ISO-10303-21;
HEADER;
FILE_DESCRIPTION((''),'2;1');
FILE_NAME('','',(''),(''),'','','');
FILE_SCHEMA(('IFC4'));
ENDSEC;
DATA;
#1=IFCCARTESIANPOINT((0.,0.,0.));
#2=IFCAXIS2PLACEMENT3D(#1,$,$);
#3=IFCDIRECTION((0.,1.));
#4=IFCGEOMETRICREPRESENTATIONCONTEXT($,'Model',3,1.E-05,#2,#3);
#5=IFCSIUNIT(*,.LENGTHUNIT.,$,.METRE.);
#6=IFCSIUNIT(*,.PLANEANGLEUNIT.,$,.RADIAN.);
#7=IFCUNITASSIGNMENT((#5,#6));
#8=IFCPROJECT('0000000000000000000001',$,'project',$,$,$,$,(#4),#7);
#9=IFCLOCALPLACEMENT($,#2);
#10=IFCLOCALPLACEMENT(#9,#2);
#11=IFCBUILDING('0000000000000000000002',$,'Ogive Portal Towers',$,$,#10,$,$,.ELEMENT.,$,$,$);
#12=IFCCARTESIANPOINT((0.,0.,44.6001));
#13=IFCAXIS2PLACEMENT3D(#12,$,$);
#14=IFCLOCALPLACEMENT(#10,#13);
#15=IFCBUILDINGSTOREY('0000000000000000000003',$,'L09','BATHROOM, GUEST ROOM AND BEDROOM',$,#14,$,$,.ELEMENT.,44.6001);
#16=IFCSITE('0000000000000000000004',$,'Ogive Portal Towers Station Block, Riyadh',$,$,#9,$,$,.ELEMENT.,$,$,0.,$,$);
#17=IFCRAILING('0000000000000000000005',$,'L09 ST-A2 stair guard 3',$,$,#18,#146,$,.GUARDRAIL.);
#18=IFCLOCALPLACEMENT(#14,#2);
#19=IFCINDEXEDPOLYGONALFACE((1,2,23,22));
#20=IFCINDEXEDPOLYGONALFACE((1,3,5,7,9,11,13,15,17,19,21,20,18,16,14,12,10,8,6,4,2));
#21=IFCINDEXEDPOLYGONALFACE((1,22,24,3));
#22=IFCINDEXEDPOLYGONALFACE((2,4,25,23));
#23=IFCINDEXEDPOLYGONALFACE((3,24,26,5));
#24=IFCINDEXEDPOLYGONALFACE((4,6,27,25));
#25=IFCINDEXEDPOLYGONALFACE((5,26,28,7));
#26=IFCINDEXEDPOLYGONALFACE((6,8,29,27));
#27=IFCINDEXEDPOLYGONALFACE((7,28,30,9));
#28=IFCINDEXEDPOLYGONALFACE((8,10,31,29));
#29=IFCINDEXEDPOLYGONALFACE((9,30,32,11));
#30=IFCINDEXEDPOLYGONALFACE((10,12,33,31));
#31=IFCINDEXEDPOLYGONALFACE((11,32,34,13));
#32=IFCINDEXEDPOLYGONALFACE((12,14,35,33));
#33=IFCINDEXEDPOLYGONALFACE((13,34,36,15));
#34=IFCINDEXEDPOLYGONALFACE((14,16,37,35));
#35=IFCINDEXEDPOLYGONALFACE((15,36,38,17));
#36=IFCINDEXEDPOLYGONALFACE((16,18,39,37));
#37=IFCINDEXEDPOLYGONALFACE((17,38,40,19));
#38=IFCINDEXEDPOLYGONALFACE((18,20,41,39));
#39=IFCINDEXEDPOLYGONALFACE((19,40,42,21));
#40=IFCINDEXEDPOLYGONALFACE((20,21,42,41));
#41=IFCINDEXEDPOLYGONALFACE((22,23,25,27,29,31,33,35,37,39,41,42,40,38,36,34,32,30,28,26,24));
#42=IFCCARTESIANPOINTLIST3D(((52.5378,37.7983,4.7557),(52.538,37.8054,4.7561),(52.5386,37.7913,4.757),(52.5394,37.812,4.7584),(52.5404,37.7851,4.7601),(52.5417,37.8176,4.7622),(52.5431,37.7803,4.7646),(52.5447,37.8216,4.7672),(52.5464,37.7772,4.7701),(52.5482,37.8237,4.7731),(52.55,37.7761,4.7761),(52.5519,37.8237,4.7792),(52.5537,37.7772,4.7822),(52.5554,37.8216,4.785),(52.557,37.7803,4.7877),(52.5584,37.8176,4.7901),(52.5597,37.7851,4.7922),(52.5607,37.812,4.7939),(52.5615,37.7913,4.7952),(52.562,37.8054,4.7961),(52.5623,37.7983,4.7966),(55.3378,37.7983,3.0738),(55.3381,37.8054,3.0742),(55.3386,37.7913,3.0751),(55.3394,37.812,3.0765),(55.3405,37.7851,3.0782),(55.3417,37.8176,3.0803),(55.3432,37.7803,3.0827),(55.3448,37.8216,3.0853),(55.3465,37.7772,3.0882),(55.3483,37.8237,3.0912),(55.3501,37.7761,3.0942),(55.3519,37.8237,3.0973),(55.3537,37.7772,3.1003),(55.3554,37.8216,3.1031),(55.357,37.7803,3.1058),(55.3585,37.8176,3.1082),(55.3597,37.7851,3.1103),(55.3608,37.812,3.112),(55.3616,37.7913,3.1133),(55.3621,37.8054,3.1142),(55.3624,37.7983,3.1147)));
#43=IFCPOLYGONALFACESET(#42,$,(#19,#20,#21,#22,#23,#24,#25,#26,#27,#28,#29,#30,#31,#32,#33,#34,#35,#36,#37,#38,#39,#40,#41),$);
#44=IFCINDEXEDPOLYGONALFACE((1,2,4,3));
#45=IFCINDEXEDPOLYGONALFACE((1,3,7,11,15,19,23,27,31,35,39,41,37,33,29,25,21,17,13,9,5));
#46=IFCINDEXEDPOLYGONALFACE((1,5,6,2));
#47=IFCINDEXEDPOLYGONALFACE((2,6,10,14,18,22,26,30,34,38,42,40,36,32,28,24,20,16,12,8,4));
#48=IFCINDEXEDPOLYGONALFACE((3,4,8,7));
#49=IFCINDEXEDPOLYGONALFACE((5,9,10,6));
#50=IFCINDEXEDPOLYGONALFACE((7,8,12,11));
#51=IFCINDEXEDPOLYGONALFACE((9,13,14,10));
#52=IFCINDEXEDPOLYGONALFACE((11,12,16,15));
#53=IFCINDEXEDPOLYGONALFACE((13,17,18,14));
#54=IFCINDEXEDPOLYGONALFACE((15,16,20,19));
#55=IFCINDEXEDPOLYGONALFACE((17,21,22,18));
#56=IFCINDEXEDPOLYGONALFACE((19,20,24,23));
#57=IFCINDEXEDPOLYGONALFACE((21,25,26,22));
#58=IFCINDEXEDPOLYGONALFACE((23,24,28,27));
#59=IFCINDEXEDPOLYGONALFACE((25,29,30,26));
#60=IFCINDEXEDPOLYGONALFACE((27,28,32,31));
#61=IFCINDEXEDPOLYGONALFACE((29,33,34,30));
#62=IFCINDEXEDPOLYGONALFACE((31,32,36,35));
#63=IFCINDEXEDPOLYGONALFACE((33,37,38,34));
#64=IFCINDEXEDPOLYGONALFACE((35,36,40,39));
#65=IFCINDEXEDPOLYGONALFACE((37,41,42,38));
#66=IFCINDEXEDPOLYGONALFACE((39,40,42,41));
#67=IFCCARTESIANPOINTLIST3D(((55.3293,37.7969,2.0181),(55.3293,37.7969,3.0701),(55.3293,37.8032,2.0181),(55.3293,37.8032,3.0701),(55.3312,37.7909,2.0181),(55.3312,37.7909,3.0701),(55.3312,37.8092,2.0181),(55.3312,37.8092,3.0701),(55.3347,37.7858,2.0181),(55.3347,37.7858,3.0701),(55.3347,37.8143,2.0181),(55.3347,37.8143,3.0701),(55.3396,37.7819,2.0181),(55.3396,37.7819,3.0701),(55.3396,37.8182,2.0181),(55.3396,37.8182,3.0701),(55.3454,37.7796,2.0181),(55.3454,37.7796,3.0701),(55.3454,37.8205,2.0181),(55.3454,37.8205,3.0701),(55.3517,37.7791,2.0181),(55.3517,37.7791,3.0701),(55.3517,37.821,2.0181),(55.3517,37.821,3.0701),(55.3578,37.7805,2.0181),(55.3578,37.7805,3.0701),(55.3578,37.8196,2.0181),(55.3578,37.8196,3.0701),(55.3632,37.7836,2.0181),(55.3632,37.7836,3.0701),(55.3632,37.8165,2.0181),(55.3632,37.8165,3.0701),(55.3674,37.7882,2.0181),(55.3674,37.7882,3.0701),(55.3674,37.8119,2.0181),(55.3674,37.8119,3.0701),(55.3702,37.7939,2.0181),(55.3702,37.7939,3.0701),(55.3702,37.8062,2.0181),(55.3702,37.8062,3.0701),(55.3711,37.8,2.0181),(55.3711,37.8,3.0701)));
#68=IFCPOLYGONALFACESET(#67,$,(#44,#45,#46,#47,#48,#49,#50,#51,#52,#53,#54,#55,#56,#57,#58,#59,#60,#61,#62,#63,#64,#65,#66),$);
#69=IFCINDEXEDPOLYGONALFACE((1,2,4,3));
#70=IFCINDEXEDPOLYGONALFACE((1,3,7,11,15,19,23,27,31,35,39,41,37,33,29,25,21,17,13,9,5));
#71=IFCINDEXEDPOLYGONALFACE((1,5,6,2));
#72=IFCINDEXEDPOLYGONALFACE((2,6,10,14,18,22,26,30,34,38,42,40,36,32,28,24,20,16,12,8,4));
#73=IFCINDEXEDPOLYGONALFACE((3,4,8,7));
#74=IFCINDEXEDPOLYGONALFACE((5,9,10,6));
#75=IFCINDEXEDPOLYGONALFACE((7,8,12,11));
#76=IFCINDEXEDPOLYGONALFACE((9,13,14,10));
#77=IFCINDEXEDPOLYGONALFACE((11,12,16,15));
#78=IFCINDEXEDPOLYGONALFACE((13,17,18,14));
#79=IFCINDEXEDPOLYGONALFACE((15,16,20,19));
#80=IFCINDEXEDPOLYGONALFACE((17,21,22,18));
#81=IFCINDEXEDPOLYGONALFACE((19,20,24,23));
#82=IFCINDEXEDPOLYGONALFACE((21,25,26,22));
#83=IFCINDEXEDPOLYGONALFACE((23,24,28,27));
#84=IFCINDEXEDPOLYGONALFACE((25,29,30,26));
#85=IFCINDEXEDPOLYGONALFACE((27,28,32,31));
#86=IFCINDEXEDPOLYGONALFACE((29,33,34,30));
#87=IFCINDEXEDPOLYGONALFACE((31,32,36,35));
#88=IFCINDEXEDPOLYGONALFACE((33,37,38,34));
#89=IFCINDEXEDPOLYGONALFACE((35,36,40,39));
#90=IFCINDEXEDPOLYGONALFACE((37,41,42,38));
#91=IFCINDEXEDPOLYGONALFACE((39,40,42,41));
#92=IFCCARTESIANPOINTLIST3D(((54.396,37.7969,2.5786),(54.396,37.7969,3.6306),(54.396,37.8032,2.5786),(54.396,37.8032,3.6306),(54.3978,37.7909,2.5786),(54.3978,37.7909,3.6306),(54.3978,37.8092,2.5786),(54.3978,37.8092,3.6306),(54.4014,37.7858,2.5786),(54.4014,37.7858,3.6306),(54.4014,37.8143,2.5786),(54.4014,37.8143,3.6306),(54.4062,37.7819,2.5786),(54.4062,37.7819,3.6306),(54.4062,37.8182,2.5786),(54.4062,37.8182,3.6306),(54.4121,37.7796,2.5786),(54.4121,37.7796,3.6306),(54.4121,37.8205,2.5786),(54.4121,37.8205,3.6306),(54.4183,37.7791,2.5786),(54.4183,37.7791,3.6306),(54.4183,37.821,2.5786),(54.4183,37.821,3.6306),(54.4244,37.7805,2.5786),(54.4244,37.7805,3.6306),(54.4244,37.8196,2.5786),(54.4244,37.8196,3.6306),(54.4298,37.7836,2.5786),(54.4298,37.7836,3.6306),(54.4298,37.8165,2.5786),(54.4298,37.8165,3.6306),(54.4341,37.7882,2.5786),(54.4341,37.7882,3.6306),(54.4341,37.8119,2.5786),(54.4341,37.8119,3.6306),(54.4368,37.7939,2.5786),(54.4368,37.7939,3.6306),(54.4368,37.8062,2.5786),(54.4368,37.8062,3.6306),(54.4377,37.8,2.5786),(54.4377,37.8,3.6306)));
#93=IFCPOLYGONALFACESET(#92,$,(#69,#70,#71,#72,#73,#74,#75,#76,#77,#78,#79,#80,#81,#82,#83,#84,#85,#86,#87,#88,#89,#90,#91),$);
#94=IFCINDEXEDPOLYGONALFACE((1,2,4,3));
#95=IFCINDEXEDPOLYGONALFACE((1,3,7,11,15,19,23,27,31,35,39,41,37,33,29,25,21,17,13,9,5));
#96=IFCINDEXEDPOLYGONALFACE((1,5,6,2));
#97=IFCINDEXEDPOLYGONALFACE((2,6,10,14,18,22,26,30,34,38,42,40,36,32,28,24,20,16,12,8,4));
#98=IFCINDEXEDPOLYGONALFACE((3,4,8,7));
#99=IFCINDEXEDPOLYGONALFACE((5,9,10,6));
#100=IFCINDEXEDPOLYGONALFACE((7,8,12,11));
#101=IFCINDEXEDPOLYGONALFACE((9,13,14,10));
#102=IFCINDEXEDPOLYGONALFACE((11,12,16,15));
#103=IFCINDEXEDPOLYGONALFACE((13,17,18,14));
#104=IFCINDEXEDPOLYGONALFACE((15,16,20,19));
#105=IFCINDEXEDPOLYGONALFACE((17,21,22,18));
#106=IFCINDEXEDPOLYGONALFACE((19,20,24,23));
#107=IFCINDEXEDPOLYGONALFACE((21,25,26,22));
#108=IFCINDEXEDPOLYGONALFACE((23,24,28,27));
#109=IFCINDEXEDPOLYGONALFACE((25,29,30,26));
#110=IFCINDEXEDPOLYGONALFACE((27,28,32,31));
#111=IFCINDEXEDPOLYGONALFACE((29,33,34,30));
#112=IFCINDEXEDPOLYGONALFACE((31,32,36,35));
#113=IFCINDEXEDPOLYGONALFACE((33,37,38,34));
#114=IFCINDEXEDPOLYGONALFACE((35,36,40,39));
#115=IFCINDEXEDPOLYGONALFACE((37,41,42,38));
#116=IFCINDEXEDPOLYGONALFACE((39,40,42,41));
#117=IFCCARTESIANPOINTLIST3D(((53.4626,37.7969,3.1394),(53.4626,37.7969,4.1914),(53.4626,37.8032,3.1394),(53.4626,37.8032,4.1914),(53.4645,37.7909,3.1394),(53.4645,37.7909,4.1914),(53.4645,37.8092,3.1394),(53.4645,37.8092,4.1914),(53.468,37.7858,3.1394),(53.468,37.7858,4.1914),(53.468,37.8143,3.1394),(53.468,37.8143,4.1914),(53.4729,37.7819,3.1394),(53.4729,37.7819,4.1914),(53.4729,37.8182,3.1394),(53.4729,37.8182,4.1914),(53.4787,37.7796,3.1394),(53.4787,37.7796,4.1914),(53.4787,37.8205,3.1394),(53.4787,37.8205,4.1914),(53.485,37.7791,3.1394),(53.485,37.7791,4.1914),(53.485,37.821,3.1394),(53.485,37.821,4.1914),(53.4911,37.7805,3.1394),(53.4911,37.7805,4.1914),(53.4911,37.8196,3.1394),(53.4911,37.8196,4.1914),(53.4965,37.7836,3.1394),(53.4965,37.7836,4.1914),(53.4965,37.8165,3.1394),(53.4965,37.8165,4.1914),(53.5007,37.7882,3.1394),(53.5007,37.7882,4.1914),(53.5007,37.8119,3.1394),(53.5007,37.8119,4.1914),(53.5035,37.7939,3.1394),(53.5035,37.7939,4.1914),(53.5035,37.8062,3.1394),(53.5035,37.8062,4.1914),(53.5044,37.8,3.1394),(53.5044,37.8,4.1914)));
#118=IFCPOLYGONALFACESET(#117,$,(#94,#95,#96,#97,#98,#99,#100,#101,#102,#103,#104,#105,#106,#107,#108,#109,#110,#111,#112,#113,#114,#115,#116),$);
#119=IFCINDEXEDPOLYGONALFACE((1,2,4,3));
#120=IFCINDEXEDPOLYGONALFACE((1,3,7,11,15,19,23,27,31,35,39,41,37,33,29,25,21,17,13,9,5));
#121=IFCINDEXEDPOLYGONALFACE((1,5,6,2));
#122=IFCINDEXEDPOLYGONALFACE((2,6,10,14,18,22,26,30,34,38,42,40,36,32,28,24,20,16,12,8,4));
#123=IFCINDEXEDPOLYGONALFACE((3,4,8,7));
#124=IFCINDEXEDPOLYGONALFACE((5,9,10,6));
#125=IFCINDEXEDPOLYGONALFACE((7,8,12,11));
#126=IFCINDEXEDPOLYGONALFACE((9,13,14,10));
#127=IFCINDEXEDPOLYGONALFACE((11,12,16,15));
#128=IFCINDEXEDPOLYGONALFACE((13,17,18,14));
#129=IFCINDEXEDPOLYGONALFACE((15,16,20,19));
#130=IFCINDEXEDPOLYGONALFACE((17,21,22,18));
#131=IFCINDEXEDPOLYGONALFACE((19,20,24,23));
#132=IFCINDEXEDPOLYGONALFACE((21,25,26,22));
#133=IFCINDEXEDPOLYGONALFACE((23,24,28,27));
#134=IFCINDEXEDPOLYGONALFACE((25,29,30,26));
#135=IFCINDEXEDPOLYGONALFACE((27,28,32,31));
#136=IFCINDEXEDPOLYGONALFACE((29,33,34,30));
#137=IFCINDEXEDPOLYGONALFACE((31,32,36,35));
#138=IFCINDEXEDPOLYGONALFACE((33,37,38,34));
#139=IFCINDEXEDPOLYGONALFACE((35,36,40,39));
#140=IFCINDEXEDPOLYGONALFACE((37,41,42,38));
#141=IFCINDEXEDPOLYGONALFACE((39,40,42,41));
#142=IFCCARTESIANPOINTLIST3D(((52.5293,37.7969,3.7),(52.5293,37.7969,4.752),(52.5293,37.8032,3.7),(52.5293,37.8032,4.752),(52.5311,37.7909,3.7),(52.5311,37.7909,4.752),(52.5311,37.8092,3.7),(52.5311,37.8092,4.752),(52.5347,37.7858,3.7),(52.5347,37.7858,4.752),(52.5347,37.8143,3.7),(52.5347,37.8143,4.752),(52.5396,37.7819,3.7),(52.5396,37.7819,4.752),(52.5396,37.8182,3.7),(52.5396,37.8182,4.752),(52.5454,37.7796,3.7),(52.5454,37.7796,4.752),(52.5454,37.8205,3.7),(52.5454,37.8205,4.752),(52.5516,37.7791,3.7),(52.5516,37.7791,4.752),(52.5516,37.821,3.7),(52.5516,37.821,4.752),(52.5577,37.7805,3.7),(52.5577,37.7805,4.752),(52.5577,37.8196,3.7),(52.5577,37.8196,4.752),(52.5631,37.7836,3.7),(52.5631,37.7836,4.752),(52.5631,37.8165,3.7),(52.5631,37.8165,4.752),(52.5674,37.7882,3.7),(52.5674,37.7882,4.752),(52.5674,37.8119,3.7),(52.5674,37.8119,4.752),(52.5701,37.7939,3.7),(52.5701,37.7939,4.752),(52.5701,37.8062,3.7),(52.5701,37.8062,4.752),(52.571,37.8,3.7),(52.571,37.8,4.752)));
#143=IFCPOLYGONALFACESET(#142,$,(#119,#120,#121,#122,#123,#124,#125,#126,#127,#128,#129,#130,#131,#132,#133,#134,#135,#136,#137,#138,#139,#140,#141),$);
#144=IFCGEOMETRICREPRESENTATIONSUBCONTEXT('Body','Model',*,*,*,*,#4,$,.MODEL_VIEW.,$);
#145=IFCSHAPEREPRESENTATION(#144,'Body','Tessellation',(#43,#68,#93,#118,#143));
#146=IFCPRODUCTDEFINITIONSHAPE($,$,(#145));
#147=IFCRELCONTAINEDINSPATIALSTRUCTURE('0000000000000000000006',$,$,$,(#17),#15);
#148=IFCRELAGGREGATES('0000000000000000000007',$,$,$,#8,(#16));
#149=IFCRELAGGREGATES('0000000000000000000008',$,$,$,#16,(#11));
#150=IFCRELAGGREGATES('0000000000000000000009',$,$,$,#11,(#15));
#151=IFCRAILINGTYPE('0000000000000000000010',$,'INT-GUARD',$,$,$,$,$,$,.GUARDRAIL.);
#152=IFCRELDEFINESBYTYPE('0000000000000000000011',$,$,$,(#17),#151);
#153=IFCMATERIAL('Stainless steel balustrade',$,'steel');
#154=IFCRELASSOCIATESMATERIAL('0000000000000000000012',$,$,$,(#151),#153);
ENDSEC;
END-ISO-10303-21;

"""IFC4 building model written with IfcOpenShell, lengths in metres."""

from ifc_helpers import new_model, si_unit, direction, frame, origin, origin_2d, place, context, subcontext, project, spatial, circle, extrude, material, type_object, element, save


model = new_model("IFC4")

# Units and contexts
model_context = context("Model", 3, precision=1e-05, world=origin(), true_north=direction((0.0, 1.0)))
body_context = subcontext(model_context, "Body", "Model", "MODEL_VIEW")
ifc_project = project(units=[si_unit("LENGTHUNIT", "METRE"), si_unit("PLANEANGLEUNIT", "RADIAN")], contexts=[model_context])

# Site, building, storey
site_placement = place(None, origin())
site = spatial("IfcSite", under=ifc_project, at=site_placement, Name="Ogive Portal Towers Station Block, Riyadh", CompositionType="ELEMENT", RefElevation=0.0)
building_placement = place(site_placement, origin())
building = spatial("IfcBuilding", under=site, at=building_placement, Name="Ogive Portal Towers", CompositionType="ELEMENT")
storey_placement = place(building_placement, frame((0.0, 0.0, 44.6001)))
storey = spatial("IfcBuildingStorey", under=building, at=storey_placement, Name="L09", Description="BATHROOM, GUEST ROOM AND BEDROOM", CompositionType="ELEMENT", Elevation=44.6001)

# Railing
ifc_material_1 = material(Name="Stainless steel balustrade", Category="steel")
railing_type_1 = type_object("IfcRailingType", Name="INT-GUARD", PredefinedType="GUARDRAIL", material=ifc_material_1)
railing_1_placement = place(storey_placement, frame((55.3501, 37.8, 2.0181)))
element("IfcRailing", 1, at=railing_1_placement, inside=storey, type_object=railing_type_1, Name="L09 ST-A2 stair guard 3", PredefinedType="GUARDRAIL", context=body_context, shape_type="SweptSolid", body=[
    extrude(circle(Radius=0.0239, at=origin_2d()), frame((0.0, 0.0, 1.0762), z_axis=(-0.857242, 0.0, 0.514913), x_axis=(0.0, -1.0, 0.0)), (0.0, 0.0, 1.0), 3.2664),
    extrude(circle(Radius=0.021, at=origin_2d()), origin(), (0.0, 0.0, 1.0), 1.052),
    extrude(circle(Radius=0.021, at=origin_2d()), frame((-0.9333, 0.0, 0.5605)), (0.0, 0.0, 1.0), 1.052),
    extrude(circle(Radius=0.021, at=origin_2d()), frame((-1.8667, 0.0, 1.1213)), (0.0, 0.0, 1.0), 1.052),
    extrude(circle(Radius=0.021, at=origin_2d()), frame((-2.8, 0.0, 1.6819)), (0.0, 0.0, 1.0), 1.052),
])

save(model, "model.ifc")
